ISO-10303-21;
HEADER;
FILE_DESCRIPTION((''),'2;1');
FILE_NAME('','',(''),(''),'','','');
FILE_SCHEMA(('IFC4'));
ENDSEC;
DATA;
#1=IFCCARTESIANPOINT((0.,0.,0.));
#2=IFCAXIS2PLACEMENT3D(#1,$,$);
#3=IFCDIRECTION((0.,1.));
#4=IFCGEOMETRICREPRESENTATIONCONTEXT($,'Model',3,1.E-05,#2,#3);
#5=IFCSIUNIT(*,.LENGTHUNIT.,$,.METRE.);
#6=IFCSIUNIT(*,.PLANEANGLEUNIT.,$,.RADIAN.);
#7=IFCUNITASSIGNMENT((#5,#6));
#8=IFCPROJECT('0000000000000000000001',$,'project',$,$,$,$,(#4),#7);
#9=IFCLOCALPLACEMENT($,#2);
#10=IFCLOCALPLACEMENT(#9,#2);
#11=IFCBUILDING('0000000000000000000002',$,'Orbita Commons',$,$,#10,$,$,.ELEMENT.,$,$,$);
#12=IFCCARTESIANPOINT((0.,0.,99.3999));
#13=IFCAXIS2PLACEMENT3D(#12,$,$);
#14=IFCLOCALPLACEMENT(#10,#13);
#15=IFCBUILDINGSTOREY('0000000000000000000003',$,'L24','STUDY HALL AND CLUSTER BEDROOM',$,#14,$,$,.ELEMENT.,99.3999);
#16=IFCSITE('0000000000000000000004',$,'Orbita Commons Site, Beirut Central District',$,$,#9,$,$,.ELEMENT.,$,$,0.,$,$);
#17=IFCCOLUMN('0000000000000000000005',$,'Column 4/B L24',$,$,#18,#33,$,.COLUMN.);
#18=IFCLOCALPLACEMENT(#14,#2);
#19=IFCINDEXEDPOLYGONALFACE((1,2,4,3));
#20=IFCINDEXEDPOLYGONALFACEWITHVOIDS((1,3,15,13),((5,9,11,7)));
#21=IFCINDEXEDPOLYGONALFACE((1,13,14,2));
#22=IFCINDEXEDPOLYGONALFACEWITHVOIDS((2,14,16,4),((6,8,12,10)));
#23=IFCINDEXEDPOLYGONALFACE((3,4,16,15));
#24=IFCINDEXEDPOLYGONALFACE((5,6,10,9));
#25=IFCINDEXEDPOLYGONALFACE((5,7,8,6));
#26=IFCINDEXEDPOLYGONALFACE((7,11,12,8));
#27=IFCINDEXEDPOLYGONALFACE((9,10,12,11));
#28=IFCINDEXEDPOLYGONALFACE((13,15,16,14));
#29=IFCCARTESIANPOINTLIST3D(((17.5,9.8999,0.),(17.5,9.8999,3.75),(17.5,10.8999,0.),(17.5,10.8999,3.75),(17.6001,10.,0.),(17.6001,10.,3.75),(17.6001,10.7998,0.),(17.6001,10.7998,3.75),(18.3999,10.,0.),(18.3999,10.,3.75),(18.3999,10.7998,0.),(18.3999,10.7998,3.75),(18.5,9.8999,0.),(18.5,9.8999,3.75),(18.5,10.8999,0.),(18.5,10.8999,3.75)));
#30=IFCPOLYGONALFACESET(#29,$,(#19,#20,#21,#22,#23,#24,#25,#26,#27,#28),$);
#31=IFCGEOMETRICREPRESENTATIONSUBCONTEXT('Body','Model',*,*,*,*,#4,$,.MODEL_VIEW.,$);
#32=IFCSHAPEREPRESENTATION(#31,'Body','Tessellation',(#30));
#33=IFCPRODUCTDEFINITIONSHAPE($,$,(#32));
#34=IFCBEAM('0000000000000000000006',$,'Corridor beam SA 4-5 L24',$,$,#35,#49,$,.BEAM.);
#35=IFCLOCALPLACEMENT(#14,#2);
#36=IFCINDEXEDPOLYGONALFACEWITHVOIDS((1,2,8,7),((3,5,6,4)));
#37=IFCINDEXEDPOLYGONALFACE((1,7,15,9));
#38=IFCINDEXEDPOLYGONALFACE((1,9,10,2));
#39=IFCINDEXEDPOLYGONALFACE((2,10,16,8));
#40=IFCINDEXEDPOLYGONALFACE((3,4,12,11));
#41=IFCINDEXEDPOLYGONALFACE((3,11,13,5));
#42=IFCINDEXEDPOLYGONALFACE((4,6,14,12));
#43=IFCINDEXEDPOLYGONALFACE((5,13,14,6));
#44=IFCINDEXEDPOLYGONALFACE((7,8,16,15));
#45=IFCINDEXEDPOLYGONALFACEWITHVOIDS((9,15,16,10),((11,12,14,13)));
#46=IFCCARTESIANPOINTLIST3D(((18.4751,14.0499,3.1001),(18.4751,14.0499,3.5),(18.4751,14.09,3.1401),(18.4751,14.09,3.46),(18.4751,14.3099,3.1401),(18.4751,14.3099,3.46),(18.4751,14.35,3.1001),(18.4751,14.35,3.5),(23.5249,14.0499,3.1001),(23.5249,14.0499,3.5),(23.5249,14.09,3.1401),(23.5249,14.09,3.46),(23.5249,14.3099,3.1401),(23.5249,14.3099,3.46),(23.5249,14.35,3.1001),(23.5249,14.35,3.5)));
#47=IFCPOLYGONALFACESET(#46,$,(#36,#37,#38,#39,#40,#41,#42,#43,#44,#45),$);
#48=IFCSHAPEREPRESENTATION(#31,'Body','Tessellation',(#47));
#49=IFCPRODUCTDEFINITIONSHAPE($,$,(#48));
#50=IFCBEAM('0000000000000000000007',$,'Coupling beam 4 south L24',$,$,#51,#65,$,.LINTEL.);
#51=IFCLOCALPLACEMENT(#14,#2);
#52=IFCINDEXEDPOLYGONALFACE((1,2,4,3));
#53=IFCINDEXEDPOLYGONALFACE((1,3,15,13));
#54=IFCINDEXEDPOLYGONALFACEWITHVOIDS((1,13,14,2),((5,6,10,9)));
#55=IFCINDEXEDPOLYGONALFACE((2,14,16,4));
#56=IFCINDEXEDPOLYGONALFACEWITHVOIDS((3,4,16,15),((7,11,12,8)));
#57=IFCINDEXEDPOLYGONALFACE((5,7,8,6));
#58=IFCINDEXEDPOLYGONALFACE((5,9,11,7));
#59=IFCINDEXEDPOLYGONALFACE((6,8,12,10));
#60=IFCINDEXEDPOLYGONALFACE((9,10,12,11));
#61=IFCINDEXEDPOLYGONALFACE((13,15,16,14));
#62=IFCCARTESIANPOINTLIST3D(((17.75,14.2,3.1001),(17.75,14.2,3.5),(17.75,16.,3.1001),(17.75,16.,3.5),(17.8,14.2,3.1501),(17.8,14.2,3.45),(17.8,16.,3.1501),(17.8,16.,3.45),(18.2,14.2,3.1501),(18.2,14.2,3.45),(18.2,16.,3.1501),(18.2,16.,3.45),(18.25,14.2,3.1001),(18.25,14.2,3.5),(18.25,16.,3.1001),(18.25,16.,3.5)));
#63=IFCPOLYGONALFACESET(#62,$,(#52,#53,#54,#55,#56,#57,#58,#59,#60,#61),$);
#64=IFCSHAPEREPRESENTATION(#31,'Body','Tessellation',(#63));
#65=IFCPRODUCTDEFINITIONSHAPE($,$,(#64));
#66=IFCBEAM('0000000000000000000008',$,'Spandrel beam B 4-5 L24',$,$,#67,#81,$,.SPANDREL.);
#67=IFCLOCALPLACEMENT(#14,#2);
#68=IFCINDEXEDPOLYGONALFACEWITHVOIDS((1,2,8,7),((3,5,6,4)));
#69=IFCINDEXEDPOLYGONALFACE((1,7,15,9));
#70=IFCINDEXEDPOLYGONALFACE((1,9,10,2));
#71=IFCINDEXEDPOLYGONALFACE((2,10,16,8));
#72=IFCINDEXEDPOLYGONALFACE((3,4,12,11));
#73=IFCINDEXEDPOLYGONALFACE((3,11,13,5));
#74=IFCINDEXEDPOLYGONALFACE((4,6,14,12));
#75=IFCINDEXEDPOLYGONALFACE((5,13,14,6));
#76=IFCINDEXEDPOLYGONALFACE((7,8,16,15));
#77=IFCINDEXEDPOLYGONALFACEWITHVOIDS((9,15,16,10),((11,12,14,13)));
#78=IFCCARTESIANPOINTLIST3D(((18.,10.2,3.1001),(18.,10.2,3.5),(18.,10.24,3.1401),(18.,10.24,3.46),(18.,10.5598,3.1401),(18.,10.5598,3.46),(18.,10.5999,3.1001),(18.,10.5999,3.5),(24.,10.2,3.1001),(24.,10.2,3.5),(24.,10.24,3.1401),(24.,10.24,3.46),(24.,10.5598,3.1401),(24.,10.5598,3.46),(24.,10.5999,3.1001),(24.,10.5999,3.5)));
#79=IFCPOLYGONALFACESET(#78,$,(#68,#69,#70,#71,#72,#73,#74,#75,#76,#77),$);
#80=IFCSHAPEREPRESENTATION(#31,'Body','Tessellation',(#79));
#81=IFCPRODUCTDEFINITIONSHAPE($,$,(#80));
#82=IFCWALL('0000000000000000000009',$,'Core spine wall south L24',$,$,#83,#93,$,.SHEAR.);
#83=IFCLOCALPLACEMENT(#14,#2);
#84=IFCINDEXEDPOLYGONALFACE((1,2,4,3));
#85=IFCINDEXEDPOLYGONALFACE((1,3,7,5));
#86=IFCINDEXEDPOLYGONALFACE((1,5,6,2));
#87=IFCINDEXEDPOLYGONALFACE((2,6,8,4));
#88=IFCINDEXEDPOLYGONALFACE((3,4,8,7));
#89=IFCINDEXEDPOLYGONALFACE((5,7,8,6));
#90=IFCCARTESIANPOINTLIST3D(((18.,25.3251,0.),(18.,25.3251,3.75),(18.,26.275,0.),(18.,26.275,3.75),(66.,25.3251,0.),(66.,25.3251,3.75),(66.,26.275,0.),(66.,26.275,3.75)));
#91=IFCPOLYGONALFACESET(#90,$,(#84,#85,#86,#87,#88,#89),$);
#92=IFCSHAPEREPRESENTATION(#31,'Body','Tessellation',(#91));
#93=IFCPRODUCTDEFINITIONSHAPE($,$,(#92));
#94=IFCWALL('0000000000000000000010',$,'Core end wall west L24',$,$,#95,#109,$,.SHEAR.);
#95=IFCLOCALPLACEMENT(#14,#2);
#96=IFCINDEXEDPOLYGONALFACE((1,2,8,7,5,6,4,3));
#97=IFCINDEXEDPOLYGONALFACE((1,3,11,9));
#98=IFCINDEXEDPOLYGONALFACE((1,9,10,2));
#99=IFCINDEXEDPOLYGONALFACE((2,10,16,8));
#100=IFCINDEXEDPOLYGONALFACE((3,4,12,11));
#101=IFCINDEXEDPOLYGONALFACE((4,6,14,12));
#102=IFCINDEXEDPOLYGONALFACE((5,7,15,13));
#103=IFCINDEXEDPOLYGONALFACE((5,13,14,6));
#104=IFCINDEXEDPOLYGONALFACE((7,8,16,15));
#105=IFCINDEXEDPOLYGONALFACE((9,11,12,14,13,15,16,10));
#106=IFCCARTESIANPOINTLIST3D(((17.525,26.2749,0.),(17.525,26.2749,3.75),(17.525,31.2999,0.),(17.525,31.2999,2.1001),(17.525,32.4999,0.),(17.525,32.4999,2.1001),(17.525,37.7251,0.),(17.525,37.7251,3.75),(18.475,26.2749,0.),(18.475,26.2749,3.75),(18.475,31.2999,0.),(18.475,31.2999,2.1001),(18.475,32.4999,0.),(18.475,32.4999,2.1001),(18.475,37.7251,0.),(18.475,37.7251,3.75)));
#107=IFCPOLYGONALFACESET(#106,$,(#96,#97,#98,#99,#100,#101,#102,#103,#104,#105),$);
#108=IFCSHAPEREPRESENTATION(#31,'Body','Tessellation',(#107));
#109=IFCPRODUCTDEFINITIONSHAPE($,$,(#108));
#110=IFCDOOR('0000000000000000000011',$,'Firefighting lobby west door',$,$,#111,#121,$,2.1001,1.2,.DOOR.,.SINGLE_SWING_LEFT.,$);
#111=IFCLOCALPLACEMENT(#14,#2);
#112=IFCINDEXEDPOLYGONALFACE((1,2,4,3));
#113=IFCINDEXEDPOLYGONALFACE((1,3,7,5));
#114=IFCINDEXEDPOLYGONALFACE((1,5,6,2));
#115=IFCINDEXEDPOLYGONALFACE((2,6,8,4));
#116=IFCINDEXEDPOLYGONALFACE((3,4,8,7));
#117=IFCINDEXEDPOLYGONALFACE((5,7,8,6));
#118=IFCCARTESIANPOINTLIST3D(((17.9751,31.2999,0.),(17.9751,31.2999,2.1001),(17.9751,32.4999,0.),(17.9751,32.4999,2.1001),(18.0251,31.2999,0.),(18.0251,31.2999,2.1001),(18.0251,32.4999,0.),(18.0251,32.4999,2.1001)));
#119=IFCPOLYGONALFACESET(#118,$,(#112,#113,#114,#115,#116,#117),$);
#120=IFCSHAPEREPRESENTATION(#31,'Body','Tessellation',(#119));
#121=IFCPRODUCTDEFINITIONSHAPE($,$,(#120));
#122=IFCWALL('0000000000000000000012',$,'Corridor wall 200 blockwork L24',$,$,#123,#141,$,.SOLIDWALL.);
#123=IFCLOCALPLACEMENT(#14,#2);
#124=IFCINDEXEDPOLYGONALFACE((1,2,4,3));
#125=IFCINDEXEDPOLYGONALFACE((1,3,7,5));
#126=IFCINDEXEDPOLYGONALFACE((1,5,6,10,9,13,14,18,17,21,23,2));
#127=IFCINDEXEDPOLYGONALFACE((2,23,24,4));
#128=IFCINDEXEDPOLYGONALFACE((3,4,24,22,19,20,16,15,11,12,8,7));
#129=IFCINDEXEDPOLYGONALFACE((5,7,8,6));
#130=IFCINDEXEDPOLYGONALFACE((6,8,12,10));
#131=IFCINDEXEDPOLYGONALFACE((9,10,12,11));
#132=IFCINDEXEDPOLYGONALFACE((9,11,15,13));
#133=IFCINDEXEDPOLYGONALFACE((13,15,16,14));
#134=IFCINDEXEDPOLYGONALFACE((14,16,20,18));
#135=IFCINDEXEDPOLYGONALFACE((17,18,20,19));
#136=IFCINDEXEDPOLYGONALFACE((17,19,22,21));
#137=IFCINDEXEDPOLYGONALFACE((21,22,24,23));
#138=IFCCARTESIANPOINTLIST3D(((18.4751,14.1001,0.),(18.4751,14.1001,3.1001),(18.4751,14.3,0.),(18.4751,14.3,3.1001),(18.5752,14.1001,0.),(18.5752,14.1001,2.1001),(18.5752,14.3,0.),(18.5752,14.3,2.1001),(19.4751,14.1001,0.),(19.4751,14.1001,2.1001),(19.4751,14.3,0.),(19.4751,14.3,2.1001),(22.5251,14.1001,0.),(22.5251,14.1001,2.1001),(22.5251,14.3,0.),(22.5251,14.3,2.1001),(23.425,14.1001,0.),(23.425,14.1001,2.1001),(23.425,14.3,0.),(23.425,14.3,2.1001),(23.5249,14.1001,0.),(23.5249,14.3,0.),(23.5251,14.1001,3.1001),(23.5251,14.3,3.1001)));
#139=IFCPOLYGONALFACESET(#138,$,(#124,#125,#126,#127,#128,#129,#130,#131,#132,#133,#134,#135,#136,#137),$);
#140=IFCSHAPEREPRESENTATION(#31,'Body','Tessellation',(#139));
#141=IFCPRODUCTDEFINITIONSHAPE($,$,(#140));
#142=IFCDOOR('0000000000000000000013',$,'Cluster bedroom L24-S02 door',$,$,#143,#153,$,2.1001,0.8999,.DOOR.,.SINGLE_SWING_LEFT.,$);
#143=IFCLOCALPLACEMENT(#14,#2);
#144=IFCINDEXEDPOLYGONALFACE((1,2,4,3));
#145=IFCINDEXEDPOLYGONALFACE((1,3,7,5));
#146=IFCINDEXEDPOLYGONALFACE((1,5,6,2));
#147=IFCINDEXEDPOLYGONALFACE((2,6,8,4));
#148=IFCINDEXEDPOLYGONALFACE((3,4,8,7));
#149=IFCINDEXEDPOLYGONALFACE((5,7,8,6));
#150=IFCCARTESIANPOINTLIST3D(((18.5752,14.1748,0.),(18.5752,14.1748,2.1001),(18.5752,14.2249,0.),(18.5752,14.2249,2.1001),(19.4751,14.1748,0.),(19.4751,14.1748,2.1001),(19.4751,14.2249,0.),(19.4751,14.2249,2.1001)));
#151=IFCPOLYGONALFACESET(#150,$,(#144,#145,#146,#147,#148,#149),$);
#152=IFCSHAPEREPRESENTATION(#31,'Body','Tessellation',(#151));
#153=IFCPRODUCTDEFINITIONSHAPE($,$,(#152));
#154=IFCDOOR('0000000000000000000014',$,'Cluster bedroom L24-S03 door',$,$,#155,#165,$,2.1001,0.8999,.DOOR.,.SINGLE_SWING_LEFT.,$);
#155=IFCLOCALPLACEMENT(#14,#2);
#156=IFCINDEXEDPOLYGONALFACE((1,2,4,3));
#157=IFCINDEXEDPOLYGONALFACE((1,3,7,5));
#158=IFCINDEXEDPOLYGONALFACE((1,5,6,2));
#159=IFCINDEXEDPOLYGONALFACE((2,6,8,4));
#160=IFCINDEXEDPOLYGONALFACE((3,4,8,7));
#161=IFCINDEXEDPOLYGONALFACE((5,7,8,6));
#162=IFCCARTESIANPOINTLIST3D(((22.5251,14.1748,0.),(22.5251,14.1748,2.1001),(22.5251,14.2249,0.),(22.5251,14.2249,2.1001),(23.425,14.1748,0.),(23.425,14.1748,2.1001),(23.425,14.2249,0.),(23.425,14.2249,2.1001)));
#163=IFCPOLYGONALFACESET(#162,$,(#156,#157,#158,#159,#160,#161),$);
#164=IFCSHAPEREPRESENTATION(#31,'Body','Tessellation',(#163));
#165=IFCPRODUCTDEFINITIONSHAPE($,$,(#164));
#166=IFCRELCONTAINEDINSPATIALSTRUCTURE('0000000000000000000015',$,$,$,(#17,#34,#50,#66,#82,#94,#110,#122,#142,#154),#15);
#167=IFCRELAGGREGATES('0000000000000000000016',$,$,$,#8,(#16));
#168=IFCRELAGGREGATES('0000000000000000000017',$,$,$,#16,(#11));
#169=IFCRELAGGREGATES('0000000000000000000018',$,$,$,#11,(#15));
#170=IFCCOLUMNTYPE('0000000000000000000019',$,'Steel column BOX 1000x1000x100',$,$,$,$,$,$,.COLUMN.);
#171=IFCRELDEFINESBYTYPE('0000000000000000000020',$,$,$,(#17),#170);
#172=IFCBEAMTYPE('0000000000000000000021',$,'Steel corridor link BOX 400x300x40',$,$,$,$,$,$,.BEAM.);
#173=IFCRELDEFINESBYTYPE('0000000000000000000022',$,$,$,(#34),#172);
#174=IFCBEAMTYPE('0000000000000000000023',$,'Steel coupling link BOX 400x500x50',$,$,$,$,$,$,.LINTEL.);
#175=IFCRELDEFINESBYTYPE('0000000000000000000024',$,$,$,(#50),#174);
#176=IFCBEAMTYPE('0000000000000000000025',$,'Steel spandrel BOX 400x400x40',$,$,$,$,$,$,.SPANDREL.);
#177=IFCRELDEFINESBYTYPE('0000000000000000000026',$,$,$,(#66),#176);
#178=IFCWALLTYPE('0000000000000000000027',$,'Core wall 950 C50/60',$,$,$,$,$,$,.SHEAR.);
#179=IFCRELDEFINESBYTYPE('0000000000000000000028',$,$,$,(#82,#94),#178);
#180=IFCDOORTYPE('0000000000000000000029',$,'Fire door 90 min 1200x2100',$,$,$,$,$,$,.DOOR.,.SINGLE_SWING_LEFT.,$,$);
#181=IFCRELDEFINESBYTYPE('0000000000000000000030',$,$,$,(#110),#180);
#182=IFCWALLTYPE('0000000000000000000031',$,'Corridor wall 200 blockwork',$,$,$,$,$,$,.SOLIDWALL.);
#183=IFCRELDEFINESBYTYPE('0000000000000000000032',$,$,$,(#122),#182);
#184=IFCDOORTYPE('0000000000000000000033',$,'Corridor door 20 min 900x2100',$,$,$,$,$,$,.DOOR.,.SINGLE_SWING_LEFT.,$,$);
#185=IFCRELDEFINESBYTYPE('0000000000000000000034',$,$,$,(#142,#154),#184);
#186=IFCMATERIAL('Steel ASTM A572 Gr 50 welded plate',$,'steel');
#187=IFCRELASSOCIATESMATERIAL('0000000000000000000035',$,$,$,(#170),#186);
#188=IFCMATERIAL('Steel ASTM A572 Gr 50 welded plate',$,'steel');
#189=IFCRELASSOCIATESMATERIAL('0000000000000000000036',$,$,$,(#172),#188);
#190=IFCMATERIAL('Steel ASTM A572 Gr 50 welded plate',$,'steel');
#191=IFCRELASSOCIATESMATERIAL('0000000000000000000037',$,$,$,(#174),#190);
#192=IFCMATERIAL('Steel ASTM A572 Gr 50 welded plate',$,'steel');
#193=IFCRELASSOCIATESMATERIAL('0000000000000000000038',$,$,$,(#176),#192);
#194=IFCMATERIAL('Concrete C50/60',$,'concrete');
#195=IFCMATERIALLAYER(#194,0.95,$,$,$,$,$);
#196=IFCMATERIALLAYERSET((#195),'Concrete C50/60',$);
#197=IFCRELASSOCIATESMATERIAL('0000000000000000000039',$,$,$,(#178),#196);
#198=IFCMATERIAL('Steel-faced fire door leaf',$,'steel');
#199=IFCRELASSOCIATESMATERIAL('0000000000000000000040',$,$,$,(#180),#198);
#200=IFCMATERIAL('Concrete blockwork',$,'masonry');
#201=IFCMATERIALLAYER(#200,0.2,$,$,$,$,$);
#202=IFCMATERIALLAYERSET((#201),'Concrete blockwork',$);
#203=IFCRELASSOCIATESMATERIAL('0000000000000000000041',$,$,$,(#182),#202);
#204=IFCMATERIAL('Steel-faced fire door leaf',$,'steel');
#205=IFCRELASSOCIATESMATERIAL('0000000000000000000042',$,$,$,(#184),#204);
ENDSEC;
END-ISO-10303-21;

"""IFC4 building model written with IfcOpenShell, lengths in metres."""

from ifc_helpers import new_model, si_unit, direction, frame, frame_2d, origin, origin_2d, place, context, subcontext, project, spatial, polyline, rectangle, hollow_rectangle, outline, extrude, material, layer, layer_set, material_profile, profile_set, type_object, element, fill, save


model = new_model("IFC4")

# Units and contexts
model_context = context("Model", 3, precision=1e-05, world=origin(), true_north=direction((0.0, 1.0)))
body_context = subcontext(model_context, "Body", "Model", "MODEL_VIEW")
ifc_project = project(units=[si_unit("LENGTHUNIT", "METRE"), si_unit("PLANEANGLEUNIT", "RADIAN")], contexts=[model_context])

# Site, building, storey
site_placement = place(None, origin())
site = spatial("IfcSite", under=ifc_project, at=site_placement, Name="Orbita Commons Site, Beirut Central District", CompositionType="ELEMENT", RefElevation=0.0)
building_placement = place(site_placement, origin())
building = spatial("IfcBuilding", under=site, at=building_placement, Name="Orbita Commons", CompositionType="ELEMENT")
storey_placement = place(building_placement, frame((0.0, 0.0, 99.3999)))
storey = spatial("IfcBuildingStorey", under=building, at=storey_placement, Name="L24", Description="STUDY HALL AND CLUSTER BEDROOM", CompositionType="ELEMENT", Elevation=99.3999)

# Column
ifc_material_1 = material(Name="Steel ASTM A572 Gr 50 welded plate", Category="steel")
ifc_material_profile_1 = material_profile(ifc_material_1, hollow_rectangle(XDim=1.0, YDim=1.0, WallThickness=0.1001, at=origin_2d()), Name="BOX 1000x1000x100")
ifc_profile_set_1 = profile_set([ifc_material_profile_1], Name="Steel ASTM A572 Gr 50 welded plate")
column_type = type_object("IfcColumnType", Name="Steel column BOX 1000x1000x100", PredefinedType="COLUMN", material=ifc_profile_set_1)
column_placement = place(storey_placement, frame((18.0, 10.3999, 0.0), z_axis=(0.0, 0.0, 1.0), x_axis=(1.0, 0.0, 0.0)))
element("IfcColumn", 1, at=column_placement, inside=storey, type_object=column_type, Name="Column 4/B L24", PredefinedType="COLUMN", context=body_context, shape_type="SweptSolid", body=[
    extrude(hollow_rectangle(XDim=1.0, YDim=1.0, WallThickness=0.1001, at=origin_2d()), origin(), (0.0, 0.0, 1.0), 3.75),
])

# Beams
ifc_material_2 = material(Name="Steel ASTM A572 Gr 50 welded plate", Category="steel")
ifc_material_profile_2 = material_profile(ifc_material_2, hollow_rectangle(XDim=0.3, YDim=0.3999, WallThickness=0.04, at=origin_2d()), Name="BOX 400x300x40")
ifc_profile_set_2 = profile_set([ifc_material_profile_2], Name="Steel ASTM A572 Gr 50 welded plate")
beam_type_1 = type_object("IfcBeamType", Name="Steel corridor link BOX 400x300x40", PredefinedType="BEAM", material=ifc_profile_set_2)
beam_1_placement = place(storey_placement, frame((18.4751, 14.2, 3.3), z_axis=(1.0, 0.0, 0.0), x_axis=(0.0, 1.0, 0.0)))
element("IfcBeam", 2, at=beam_1_placement, inside=storey, type_object=beam_type_1, Name="Corridor beam SA 4-5 L24", PredefinedType="BEAM", context=body_context, shape_type="SweptSolid", body=[
    extrude(hollow_rectangle(XDim=0.3, YDim=0.3999, WallThickness=0.04, at=origin_2d()), origin(), (0.0, 0.0, 1.0), 5.0498),
])
ifc_material_3 = material(Name="Steel ASTM A572 Gr 50 welded plate", Category="steel")
ifc_material_profile_3 = material_profile(ifc_material_3, hollow_rectangle(XDim=0.5, YDim=0.3999, WallThickness=0.05, at=origin_2d()), Name="BOX 400x500x50")
ifc_profile_set_3 = profile_set([ifc_material_profile_3], Name="Steel ASTM A572 Gr 50 welded plate")
beam_type_2 = type_object("IfcBeamType", Name="Steel coupling link BOX 400x500x50", PredefinedType="LINTEL", material=ifc_profile_set_3)
beam_2_placement = place(storey_placement, frame((18.0, 14.2, 3.3), z_axis=(0.0, 1.0, 0.0), x_axis=(-1.0, 0.0, 0.0)))
element("IfcBeam", 3, at=beam_2_placement, inside=storey, type_object=beam_type_2, Name="Coupling beam 4 south L24", PredefinedType="LINTEL", context=body_context, shape_type="SweptSolid", body=[
    extrude(hollow_rectangle(XDim=0.5, YDim=0.3999, WallThickness=0.05, at=origin_2d()), origin(), (0.0, 0.0, 1.0), 1.8),
])
ifc_material_4 = material(Name="Steel ASTM A572 Gr 50 welded plate", Category="steel")
ifc_material_profile_4 = material_profile(ifc_material_4, hollow_rectangle(XDim=0.3999, YDim=0.3999, WallThickness=0.04, at=origin_2d()), Name="BOX 400x400x40")
ifc_profile_set_4 = profile_set([ifc_material_profile_4], Name="Steel ASTM A572 Gr 50 welded plate")
beam_type_3 = type_object("IfcBeamType", Name="Steel spandrel BOX 400x400x40", PredefinedType="SPANDREL", material=ifc_profile_set_4)
beam_3_placement = place(storey_placement, frame((18.0, 10.3999, 3.3), z_axis=(1.0, 0.0, 0.0), x_axis=(0.0, 1.0, 0.0)))
element("IfcBeam", 4, at=beam_3_placement, inside=storey, type_object=beam_type_3, Name="Spandrel beam B 4-5 L24", PredefinedType="SPANDREL", context=body_context, shape_type="SweptSolid", body=[
    extrude(hollow_rectangle(XDim=0.3999, YDim=0.3999, WallThickness=0.04, at=origin_2d()), origin(), (0.0, 0.0, 1.0), 6.0),
])

# Wall
ifc_material_5 = material(Name="Concrete C50/60", Category="concrete")
ifc_layer_1 = layer(ifc_material_5, 0.95)
ifc_layer_set_1 = layer_set([ifc_layer_1], Name="Concrete C50/60")
wall_type_1 = type_object("IfcWallType", Name="Core wall 950 C50/60", PredefinedType="SHEAR", material=ifc_layer_set_1)
wall_1_placement = place(storey_placement, frame((18.0, 25.8, 0.0), z_axis=(0.0, 0.0, 1.0), x_axis=(1.0, 0.0, 0.0)))
element("IfcWall", 5, at=wall_1_placement, inside=storey, type_object=wall_type_1, Name="Core spine wall south L24", PredefinedType="SHEAR", context=body_context, shape_type="SweptSolid", body=[
    extrude(rectangle(XDim=48.0, YDim=0.95, at=frame_2d((24.0, 0.0))), origin(), (0.0, 0.0, 1.0), 3.75),
])

# Wall, opening, door
wall_2_placement = place(storey_placement, frame((18.0, 26.2749, 0.0), z_axis=(0.0, 0.0, 1.0), x_axis=(0.0, 1.0, 0.0)))
wall_2 = element("IfcWall", 6, at=wall_2_placement, inside=storey, type_object=wall_type_1, Name="Core end wall west L24", PredefinedType="SHEAR", context=body_context, shape_type="SweptSolid", body=[
    extrude(rectangle(XDim=11.4502, YDim=0.95, at=frame_2d((5.7251, 0.0))), origin(), (0.0, 0.0, 1.0), 3.75),
])
opening_1_placement = place(wall_2_placement, frame((5.0249, 0.0, 0.0)))
opening_1 = element("IfcOpeningElement", 7, at=opening_1_placement, cuts=wall_2, PredefinedType="OPENING", context=body_context, shape_type="SweptSolid", body=[
    extrude(rectangle(XDim=1.2, YDim=2.1001, at=frame_2d((0.6001, 1.05))), frame((0.0, 0.4849, 0.0), z_axis=(0.0, -1.0, 0.0), x_axis=(1.0, 0.0, 0.0)), (0.0, 0.0, 1.0), 0.97),
])
ifc_material_6 = material(Name="Steel-faced fire door leaf", Category="steel")
door_type_1 = type_object("IfcDoorType", Name="Fire door 90 min 1200x2100", OperationType="SINGLE_SWING_LEFT", PredefinedType="DOOR", material=ifc_material_6)
door_1_placement = place(opening_1_placement, origin())
door_1 = element("IfcDoor", 8, at=door_1_placement, inside=storey, type_object=door_type_1, Name="Firefighting lobby west door", OperationType="SINGLE_SWING_LEFT", OverallHeight=2.1001, OverallWidth=1.2, PredefinedType="DOOR", context=body_context, shape_type="SweptSolid", body=[
    extrude(rectangle(XDim=1.2, YDim=2.1001, at=frame_2d((0.6001, 1.05))), frame((0.0, 0.0249, 0.0), z_axis=(0.0, -1.0, 0.0), x_axis=(1.0, 0.0, 0.0)), (0.0, 0.0, 1.0), 0.05),
])
fill(opening_1, door_1)

# Wall, openings, doors
ifc_material_7 = material(Name="Concrete blockwork", Category="masonry")
ifc_layer_2 = layer(ifc_material_7, 0.2)
ifc_layer_set_2 = layer_set([ifc_layer_2], Name="Concrete blockwork")
wall_type_2 = type_object("IfcWallType", Name="Corridor wall 200 blockwork", PredefinedType="SOLIDWALL", material=ifc_layer_set_2)
wall_3_placement = place(storey_placement, frame((18.4751, 14.2, 0.0), z_axis=(0.0, 0.0, 1.0), x_axis=(1.0, 0.0, 0.0)))
wall_3 = element("IfcWall", 9, at=wall_3_placement, inside=storey, type_object=wall_type_2, Name="Corridor wall 200 blockwork L24", PredefinedType="SOLIDWALL", context=body_context, shape_type="SweptSolid", body=[
    extrude(outline(polyline([(0.0, 0.0), (5.0498, 0.0), (5.05, 3.1001), (0.0, 3.1001), (0.0, 0.0)])), frame((0.0, 0.1001, 0.0), z_axis=(0.0, -1.0, 0.0), x_axis=(1.0, 0.0, 0.0)), (0.0, 0.0, 1.0), 0.2),
])
opening_2_placement = place(wall_3_placement, frame((0.1001, 0.0, 0.0)))
opening_2 = element("IfcOpeningElement", 10, at=opening_2_placement, cuts=wall_3, PredefinedType="OPENING", context=body_context, shape_type="SweptSolid", body=[
    extrude(rectangle(XDim=0.8999, YDim=2.1001, at=frame_2d((0.45, 1.05))), frame((0.0, 0.1099, 0.0), z_axis=(0.0, -1.0, 0.0), x_axis=(1.0, 0.0, 0.0)), (0.0, 0.0, 1.0), 0.22),
])
opening_3_placement = place(wall_3_placement, frame((4.05, 0.0, 0.0)))
opening_3 = element("IfcOpeningElement", 11, at=opening_3_placement, cuts=wall_3, PredefinedType="OPENING", context=body_context, shape_type="SweptSolid", body=[
    extrude(rectangle(XDim=0.8999, YDim=2.1001, at=frame_2d((0.45, 1.05))), frame((0.0, 0.1099, 0.0), z_axis=(0.0, -1.0, 0.0), x_axis=(1.0, 0.0, 0.0)), (0.0, 0.0, 1.0), 0.22),
])
ifc_material_8 = material(Name="Steel-faced fire door leaf", Category="steel")
door_type_2 = type_object("IfcDoorType", Name="Corridor door 20 min 900x2100", OperationType="SINGLE_SWING_LEFT", PredefinedType="DOOR", material=ifc_material_8)
door_2_placement = place(opening_2_placement, origin())
door_2 = element("IfcDoor", 12, at=door_2_placement, inside=storey, type_object=door_type_2, Name="Cluster bedroom L24-S02 door", OperationType="SINGLE_SWING_LEFT", OverallHeight=2.1001, OverallWidth=0.8999, PredefinedType="DOOR", context=body_context, shape_type="SweptSolid", body=[
    extrude(rectangle(XDim=0.8999, YDim=2.1001, at=frame_2d((0.45, 1.05))), frame((0.0, 0.0249, 0.0), z_axis=(0.0, -1.0, 0.0), x_axis=(1.0, 0.0, 0.0)), (0.0, 0.0, 1.0), 0.05),
])
fill(opening_2, door_2)
door_3_placement = place(opening_3_placement, origin())
door_3 = element("IfcDoor", 13, at=door_3_placement, inside=storey, type_object=door_type_2, Name="Cluster bedroom L24-S03 door", OperationType="SINGLE_SWING_LEFT", OverallHeight=2.1001, OverallWidth=0.8999, PredefinedType="DOOR", context=body_context, shape_type="SweptSolid", body=[
    extrude(rectangle(XDim=0.8999, YDim=2.1001, at=frame_2d((0.45, 1.05))), frame((0.0, 0.0249, 0.0), z_axis=(0.0, -1.0, 0.0), x_axis=(1.0, 0.0, 0.0)), (0.0, 0.0, 1.0), 0.05),
])
fill(opening_3, door_3)

save(model, "model.ifc")
